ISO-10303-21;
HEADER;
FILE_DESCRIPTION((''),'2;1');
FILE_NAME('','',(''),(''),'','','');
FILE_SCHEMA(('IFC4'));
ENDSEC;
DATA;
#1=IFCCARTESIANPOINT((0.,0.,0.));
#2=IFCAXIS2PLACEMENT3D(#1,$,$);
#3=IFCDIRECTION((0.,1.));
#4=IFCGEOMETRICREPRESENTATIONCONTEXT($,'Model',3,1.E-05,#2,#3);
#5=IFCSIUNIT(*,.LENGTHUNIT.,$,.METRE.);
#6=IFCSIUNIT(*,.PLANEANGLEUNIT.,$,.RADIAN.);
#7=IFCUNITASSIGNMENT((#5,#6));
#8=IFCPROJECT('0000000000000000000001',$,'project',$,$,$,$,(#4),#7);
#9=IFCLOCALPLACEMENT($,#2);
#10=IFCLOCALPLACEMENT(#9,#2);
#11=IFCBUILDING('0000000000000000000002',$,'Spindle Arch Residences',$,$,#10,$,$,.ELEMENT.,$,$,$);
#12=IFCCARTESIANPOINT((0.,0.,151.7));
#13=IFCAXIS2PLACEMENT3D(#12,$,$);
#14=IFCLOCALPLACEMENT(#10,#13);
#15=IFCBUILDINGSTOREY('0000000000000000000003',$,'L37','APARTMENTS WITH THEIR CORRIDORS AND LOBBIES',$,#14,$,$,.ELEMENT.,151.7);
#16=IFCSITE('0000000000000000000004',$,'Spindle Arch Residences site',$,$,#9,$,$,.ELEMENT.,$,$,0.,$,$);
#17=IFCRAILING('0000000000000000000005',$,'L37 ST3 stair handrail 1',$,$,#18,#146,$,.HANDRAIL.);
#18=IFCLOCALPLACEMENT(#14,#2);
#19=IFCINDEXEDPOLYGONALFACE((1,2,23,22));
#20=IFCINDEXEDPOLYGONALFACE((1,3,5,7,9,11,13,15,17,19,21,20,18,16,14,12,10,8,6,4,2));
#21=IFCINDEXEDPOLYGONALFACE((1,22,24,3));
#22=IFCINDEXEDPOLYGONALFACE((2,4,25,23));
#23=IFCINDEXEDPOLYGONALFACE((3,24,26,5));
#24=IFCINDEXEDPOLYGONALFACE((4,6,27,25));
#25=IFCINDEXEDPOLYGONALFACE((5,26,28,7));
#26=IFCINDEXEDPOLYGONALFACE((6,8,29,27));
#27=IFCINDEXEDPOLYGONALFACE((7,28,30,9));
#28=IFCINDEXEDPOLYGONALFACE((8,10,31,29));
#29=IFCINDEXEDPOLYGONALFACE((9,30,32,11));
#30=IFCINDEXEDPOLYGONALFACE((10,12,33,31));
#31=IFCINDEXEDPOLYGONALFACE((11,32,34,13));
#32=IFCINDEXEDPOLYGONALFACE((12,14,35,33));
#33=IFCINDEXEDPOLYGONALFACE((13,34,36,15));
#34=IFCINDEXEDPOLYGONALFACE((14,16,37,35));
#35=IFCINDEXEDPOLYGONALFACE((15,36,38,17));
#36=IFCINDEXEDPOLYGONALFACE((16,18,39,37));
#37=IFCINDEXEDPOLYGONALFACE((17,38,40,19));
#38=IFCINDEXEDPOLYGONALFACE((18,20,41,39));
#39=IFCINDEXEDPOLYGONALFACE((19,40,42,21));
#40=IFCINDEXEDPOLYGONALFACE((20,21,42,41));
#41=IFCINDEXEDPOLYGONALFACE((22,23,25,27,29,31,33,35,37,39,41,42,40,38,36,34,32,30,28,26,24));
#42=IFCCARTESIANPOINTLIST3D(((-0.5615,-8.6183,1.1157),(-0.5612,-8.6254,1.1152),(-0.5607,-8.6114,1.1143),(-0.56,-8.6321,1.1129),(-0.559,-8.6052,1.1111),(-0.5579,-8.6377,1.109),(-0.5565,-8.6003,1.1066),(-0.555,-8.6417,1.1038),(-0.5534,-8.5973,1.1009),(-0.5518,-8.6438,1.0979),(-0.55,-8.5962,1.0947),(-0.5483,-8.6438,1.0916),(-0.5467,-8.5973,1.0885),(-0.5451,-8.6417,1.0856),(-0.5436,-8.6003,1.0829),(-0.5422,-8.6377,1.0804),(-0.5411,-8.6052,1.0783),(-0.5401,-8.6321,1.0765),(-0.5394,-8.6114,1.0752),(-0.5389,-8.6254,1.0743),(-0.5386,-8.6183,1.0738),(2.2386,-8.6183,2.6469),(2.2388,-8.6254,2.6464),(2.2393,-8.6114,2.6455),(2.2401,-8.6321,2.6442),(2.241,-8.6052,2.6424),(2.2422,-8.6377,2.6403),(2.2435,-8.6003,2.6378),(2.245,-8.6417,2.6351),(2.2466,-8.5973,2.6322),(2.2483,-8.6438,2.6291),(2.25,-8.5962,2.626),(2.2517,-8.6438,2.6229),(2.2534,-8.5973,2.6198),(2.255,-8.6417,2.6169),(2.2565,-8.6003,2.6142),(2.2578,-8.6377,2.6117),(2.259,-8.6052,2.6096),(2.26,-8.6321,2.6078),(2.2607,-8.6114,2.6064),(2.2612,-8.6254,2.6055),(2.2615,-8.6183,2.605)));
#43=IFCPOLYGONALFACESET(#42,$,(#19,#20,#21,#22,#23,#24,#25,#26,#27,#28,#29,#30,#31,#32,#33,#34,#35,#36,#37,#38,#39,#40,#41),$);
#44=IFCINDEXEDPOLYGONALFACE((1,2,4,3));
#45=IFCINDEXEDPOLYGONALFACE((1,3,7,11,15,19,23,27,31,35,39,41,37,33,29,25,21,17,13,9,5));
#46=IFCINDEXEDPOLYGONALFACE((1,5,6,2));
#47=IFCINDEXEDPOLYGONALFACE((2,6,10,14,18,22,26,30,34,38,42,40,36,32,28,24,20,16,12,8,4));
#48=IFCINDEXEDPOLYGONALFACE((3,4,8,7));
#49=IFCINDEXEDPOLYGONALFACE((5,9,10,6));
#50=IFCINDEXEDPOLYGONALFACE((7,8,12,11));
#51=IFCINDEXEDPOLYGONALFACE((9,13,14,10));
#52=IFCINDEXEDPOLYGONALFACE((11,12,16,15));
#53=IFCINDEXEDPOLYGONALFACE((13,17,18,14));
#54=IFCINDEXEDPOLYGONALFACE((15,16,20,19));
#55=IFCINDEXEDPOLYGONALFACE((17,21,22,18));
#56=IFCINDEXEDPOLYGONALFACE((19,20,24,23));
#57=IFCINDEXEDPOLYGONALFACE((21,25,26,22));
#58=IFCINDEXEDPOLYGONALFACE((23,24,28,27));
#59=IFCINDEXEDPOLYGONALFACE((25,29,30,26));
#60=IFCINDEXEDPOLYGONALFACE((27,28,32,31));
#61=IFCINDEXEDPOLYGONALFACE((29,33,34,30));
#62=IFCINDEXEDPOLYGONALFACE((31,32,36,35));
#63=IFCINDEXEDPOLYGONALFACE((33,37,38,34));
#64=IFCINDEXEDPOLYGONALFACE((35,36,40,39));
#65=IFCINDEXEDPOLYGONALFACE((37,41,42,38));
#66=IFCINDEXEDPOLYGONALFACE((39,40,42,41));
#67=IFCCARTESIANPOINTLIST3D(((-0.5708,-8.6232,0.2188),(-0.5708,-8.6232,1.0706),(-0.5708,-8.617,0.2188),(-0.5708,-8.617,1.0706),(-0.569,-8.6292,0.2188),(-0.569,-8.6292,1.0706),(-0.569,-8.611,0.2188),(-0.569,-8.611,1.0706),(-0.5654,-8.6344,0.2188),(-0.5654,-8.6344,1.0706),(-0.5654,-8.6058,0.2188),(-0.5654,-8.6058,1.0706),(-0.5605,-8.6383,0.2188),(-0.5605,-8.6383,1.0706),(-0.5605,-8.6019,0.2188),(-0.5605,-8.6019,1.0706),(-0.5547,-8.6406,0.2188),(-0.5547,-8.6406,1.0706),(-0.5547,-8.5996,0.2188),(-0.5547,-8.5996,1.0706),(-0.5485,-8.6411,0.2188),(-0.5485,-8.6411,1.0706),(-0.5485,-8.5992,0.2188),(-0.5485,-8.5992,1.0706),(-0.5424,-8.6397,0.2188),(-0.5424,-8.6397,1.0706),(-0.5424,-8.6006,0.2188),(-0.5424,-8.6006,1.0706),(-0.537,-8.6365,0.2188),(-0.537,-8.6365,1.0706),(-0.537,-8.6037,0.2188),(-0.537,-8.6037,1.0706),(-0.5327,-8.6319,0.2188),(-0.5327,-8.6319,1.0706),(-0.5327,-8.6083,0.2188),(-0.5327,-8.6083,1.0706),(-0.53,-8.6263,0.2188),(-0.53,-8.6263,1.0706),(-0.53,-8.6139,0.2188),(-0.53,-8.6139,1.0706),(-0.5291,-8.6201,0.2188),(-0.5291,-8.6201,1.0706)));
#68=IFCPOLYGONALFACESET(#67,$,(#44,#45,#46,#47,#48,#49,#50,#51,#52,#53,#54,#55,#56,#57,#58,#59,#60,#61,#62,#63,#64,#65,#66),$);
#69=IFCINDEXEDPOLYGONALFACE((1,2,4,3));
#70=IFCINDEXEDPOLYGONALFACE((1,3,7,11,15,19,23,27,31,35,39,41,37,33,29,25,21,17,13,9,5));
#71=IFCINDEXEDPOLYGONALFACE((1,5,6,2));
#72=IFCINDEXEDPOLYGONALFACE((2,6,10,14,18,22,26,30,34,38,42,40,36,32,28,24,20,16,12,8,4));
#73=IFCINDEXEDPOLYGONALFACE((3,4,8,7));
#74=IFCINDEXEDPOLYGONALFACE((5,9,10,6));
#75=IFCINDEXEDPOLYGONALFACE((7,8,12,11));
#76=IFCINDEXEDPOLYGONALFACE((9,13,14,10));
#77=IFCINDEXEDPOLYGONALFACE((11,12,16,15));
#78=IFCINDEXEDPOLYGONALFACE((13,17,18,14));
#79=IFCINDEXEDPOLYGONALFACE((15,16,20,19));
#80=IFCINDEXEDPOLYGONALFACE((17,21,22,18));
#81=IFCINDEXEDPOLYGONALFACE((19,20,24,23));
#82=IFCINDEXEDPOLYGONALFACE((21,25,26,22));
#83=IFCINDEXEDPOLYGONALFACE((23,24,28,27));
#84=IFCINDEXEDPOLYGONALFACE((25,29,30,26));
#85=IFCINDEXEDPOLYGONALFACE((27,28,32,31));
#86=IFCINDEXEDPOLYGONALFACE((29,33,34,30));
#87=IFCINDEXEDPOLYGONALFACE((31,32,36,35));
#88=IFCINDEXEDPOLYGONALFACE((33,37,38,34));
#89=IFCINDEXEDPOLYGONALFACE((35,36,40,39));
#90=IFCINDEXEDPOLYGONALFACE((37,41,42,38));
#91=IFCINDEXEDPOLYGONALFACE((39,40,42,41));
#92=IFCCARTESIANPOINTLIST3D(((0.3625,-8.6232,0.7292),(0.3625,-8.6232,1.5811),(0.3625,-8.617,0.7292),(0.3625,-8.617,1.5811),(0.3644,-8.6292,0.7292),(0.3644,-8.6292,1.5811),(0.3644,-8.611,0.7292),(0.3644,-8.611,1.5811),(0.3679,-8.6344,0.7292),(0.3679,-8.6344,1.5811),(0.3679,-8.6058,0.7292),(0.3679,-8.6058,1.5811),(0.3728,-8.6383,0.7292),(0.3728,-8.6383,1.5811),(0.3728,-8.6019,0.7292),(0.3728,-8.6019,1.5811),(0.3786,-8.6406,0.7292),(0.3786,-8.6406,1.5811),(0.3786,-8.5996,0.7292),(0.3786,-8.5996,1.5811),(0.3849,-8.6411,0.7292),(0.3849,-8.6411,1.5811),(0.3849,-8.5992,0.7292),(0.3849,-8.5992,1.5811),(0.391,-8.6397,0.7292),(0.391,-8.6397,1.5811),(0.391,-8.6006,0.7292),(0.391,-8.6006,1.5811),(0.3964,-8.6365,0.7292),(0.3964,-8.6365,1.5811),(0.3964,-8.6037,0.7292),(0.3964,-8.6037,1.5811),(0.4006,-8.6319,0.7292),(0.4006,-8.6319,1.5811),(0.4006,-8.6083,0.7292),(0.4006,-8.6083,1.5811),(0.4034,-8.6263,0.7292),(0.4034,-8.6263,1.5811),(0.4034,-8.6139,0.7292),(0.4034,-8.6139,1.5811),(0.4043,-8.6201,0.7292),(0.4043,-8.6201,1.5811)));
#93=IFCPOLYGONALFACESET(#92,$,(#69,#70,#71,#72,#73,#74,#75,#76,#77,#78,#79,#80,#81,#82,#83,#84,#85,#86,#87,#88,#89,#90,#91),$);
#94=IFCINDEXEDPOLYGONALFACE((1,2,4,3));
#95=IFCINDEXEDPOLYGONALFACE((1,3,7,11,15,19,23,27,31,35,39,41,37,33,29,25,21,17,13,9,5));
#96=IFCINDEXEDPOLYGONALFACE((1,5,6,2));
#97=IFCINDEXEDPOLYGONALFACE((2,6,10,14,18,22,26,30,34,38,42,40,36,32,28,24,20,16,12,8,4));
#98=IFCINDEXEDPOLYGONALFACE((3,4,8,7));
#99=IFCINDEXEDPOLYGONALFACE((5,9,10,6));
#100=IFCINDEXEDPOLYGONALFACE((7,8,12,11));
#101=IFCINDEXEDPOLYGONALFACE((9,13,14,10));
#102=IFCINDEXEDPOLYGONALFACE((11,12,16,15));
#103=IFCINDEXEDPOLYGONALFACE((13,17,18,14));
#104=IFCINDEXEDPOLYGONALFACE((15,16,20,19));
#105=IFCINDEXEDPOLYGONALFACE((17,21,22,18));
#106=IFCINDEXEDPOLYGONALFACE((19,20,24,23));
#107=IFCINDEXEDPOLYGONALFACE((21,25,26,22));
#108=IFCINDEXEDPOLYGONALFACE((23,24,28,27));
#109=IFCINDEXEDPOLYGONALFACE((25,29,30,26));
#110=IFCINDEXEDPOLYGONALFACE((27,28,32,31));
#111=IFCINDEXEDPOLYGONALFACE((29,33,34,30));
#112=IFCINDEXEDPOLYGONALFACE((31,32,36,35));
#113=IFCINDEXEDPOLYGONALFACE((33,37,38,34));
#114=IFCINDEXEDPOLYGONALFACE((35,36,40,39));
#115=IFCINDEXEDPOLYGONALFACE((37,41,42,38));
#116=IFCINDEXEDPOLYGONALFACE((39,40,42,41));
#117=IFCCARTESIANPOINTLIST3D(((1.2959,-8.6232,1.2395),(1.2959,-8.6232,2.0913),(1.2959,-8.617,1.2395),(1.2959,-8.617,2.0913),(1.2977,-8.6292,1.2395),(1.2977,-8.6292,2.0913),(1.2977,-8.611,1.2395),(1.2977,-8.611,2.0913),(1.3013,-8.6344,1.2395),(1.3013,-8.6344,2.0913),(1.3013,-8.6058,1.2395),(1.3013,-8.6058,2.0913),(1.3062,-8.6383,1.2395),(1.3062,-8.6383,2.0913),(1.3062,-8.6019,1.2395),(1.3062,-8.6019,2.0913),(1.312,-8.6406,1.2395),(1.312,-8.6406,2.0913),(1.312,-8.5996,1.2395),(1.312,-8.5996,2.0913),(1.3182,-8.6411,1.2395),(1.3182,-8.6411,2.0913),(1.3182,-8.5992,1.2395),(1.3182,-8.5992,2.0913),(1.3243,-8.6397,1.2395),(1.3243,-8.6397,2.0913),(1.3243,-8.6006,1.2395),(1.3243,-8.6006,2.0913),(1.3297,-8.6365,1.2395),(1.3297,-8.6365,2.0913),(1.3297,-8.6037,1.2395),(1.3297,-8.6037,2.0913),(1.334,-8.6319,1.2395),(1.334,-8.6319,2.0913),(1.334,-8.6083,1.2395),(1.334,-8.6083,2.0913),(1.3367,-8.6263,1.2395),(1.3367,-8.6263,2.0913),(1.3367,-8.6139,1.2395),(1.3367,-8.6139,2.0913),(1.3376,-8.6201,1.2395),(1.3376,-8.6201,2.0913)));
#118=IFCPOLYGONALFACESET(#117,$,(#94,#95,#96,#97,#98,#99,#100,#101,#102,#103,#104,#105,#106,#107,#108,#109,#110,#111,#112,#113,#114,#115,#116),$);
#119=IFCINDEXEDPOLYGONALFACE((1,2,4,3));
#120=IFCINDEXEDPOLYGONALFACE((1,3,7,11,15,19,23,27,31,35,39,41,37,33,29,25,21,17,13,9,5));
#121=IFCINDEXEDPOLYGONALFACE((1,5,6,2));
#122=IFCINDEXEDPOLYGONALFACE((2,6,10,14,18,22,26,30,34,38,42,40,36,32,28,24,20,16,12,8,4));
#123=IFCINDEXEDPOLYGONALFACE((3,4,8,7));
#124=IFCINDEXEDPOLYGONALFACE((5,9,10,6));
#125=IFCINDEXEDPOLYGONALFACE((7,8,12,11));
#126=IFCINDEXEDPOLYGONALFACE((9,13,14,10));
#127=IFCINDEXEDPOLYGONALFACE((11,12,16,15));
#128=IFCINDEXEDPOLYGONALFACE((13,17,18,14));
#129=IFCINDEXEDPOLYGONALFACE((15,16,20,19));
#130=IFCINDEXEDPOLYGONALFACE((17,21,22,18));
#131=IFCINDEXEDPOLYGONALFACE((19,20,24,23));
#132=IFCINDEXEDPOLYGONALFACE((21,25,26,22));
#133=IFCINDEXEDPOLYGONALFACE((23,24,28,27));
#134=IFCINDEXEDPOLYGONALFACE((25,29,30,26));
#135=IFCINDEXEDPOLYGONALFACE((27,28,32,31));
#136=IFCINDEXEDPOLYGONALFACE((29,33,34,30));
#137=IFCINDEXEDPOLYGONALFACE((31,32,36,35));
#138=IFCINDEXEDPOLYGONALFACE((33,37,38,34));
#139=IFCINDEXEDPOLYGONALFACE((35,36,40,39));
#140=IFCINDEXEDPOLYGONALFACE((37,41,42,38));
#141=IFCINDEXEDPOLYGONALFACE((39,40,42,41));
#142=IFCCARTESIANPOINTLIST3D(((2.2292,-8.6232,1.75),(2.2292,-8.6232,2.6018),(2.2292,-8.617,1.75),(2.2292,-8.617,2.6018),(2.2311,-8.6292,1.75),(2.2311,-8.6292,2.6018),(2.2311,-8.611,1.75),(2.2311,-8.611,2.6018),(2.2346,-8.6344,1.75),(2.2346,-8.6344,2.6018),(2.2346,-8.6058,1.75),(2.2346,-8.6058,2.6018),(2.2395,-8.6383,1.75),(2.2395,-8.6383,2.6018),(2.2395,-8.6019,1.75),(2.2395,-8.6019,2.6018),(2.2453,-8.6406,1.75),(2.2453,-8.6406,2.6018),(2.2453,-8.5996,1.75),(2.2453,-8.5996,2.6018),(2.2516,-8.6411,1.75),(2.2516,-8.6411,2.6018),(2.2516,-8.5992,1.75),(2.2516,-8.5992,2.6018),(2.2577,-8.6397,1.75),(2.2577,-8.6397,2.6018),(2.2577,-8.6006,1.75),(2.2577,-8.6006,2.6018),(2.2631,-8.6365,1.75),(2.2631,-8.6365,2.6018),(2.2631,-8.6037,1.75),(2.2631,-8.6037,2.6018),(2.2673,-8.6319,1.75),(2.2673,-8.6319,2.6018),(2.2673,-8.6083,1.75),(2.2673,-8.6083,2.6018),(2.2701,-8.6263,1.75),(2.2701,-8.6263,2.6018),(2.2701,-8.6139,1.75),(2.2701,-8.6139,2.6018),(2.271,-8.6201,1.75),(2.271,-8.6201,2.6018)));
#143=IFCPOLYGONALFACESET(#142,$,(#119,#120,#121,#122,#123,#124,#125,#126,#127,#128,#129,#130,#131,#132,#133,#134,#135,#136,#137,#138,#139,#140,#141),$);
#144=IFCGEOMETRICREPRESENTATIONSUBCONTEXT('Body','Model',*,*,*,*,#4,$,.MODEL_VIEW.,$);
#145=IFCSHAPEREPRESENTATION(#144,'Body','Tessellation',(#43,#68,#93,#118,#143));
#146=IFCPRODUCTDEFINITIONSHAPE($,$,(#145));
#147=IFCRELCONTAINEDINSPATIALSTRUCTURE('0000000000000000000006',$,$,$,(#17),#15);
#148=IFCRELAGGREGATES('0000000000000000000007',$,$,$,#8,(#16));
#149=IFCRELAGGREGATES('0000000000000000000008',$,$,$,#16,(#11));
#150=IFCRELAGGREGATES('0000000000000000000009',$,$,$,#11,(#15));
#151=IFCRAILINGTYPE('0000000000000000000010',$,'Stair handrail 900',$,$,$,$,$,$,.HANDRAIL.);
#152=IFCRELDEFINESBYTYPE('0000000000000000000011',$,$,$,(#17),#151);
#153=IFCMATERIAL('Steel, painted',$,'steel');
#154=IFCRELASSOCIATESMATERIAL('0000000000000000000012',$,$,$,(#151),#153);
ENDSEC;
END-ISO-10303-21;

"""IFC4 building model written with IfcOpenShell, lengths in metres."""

from ifc_helpers import new_model, si_unit, direction, frame, origin, origin_2d, place, context, subcontext, project, spatial, circle, extrude, material, type_object, element, save


model = new_model("IFC4")

# Units and contexts
model_context = context("Model", 3, precision=1e-05, world=origin(), true_north=direction((0.0, 1.0)))
body_context = subcontext(model_context, "Body", "Model", "MODEL_VIEW")
ifc_project = project(units=[si_unit("LENGTHUNIT", "METRE"), si_unit("PLANEANGLEUNIT", "RADIAN")], contexts=[model_context])

# Site, building, storey
site_placement = place(None, origin())
site = spatial("IfcSite", under=ifc_project, at=site_placement, Name="Spindle Arch Residences site", CompositionType="ELEMENT", RefElevation=0.0)
building_placement = place(site_placement, origin())
building = spatial("IfcBuilding", under=site, at=building_placement, Name="Spindle Arch Residences", CompositionType="ELEMENT")
storey_placement = place(building_placement, frame((0.0, 0.0, 151.7)))
storey = spatial("IfcBuildingStorey", under=building, at=storey_placement, Name="L37", Description="APARTMENTS WITH THEIR CORRIDORS AND LOBBIES", CompositionType="ELEMENT", Elevation=151.7)

# Railing
ifc_material_1 = material(Name="Steel, painted", Category="steel")
railing_type_1 = type_object("IfcRailingType", Name="Stair handrail 900", PredefinedType="HANDRAIL", material=ifc_material_1)
railing_1_placement = place(storey_placement, frame((-0.55, -8.6201, 0.2188)))
element("IfcRailing", 1, at=railing_1_placement, inside=storey, type_object=railing_type_1, Name="L37 ST3 stair handrail 1", PredefinedType="HANDRAIL", context=body_context, shape_type="SweptSolid", body=[
    extrude(circle(Radius=0.0239, at=origin_2d()), frame((0.0, 0.0, 0.876), z_axis=(0.877375, 0.0, 0.479806), x_axis=(0.0, 1.0, 0.0)), (0.0, 0.0, 1.0), 3.1914),
    extrude(circle(Radius=0.021, at=origin_2d()), origin(), (0.0, 0.0, 1.0), 0.8518),
    extrude(circle(Radius=0.021, at=origin_2d()), frame((0.9333, 0.0, 0.5105)), (0.0, 0.0, 1.0), 0.8518),
    extrude(circle(Radius=0.021, at=origin_2d()), frame((1.8667, 0.0, 1.0208)), (0.0, 0.0, 1.0), 0.8518),
    extrude(circle(Radius=0.021, at=origin_2d()), frame((2.8, 0.0, 1.5312)), (0.0, 0.0, 1.0), 0.8518),
])

save(model, "model.ifc")
